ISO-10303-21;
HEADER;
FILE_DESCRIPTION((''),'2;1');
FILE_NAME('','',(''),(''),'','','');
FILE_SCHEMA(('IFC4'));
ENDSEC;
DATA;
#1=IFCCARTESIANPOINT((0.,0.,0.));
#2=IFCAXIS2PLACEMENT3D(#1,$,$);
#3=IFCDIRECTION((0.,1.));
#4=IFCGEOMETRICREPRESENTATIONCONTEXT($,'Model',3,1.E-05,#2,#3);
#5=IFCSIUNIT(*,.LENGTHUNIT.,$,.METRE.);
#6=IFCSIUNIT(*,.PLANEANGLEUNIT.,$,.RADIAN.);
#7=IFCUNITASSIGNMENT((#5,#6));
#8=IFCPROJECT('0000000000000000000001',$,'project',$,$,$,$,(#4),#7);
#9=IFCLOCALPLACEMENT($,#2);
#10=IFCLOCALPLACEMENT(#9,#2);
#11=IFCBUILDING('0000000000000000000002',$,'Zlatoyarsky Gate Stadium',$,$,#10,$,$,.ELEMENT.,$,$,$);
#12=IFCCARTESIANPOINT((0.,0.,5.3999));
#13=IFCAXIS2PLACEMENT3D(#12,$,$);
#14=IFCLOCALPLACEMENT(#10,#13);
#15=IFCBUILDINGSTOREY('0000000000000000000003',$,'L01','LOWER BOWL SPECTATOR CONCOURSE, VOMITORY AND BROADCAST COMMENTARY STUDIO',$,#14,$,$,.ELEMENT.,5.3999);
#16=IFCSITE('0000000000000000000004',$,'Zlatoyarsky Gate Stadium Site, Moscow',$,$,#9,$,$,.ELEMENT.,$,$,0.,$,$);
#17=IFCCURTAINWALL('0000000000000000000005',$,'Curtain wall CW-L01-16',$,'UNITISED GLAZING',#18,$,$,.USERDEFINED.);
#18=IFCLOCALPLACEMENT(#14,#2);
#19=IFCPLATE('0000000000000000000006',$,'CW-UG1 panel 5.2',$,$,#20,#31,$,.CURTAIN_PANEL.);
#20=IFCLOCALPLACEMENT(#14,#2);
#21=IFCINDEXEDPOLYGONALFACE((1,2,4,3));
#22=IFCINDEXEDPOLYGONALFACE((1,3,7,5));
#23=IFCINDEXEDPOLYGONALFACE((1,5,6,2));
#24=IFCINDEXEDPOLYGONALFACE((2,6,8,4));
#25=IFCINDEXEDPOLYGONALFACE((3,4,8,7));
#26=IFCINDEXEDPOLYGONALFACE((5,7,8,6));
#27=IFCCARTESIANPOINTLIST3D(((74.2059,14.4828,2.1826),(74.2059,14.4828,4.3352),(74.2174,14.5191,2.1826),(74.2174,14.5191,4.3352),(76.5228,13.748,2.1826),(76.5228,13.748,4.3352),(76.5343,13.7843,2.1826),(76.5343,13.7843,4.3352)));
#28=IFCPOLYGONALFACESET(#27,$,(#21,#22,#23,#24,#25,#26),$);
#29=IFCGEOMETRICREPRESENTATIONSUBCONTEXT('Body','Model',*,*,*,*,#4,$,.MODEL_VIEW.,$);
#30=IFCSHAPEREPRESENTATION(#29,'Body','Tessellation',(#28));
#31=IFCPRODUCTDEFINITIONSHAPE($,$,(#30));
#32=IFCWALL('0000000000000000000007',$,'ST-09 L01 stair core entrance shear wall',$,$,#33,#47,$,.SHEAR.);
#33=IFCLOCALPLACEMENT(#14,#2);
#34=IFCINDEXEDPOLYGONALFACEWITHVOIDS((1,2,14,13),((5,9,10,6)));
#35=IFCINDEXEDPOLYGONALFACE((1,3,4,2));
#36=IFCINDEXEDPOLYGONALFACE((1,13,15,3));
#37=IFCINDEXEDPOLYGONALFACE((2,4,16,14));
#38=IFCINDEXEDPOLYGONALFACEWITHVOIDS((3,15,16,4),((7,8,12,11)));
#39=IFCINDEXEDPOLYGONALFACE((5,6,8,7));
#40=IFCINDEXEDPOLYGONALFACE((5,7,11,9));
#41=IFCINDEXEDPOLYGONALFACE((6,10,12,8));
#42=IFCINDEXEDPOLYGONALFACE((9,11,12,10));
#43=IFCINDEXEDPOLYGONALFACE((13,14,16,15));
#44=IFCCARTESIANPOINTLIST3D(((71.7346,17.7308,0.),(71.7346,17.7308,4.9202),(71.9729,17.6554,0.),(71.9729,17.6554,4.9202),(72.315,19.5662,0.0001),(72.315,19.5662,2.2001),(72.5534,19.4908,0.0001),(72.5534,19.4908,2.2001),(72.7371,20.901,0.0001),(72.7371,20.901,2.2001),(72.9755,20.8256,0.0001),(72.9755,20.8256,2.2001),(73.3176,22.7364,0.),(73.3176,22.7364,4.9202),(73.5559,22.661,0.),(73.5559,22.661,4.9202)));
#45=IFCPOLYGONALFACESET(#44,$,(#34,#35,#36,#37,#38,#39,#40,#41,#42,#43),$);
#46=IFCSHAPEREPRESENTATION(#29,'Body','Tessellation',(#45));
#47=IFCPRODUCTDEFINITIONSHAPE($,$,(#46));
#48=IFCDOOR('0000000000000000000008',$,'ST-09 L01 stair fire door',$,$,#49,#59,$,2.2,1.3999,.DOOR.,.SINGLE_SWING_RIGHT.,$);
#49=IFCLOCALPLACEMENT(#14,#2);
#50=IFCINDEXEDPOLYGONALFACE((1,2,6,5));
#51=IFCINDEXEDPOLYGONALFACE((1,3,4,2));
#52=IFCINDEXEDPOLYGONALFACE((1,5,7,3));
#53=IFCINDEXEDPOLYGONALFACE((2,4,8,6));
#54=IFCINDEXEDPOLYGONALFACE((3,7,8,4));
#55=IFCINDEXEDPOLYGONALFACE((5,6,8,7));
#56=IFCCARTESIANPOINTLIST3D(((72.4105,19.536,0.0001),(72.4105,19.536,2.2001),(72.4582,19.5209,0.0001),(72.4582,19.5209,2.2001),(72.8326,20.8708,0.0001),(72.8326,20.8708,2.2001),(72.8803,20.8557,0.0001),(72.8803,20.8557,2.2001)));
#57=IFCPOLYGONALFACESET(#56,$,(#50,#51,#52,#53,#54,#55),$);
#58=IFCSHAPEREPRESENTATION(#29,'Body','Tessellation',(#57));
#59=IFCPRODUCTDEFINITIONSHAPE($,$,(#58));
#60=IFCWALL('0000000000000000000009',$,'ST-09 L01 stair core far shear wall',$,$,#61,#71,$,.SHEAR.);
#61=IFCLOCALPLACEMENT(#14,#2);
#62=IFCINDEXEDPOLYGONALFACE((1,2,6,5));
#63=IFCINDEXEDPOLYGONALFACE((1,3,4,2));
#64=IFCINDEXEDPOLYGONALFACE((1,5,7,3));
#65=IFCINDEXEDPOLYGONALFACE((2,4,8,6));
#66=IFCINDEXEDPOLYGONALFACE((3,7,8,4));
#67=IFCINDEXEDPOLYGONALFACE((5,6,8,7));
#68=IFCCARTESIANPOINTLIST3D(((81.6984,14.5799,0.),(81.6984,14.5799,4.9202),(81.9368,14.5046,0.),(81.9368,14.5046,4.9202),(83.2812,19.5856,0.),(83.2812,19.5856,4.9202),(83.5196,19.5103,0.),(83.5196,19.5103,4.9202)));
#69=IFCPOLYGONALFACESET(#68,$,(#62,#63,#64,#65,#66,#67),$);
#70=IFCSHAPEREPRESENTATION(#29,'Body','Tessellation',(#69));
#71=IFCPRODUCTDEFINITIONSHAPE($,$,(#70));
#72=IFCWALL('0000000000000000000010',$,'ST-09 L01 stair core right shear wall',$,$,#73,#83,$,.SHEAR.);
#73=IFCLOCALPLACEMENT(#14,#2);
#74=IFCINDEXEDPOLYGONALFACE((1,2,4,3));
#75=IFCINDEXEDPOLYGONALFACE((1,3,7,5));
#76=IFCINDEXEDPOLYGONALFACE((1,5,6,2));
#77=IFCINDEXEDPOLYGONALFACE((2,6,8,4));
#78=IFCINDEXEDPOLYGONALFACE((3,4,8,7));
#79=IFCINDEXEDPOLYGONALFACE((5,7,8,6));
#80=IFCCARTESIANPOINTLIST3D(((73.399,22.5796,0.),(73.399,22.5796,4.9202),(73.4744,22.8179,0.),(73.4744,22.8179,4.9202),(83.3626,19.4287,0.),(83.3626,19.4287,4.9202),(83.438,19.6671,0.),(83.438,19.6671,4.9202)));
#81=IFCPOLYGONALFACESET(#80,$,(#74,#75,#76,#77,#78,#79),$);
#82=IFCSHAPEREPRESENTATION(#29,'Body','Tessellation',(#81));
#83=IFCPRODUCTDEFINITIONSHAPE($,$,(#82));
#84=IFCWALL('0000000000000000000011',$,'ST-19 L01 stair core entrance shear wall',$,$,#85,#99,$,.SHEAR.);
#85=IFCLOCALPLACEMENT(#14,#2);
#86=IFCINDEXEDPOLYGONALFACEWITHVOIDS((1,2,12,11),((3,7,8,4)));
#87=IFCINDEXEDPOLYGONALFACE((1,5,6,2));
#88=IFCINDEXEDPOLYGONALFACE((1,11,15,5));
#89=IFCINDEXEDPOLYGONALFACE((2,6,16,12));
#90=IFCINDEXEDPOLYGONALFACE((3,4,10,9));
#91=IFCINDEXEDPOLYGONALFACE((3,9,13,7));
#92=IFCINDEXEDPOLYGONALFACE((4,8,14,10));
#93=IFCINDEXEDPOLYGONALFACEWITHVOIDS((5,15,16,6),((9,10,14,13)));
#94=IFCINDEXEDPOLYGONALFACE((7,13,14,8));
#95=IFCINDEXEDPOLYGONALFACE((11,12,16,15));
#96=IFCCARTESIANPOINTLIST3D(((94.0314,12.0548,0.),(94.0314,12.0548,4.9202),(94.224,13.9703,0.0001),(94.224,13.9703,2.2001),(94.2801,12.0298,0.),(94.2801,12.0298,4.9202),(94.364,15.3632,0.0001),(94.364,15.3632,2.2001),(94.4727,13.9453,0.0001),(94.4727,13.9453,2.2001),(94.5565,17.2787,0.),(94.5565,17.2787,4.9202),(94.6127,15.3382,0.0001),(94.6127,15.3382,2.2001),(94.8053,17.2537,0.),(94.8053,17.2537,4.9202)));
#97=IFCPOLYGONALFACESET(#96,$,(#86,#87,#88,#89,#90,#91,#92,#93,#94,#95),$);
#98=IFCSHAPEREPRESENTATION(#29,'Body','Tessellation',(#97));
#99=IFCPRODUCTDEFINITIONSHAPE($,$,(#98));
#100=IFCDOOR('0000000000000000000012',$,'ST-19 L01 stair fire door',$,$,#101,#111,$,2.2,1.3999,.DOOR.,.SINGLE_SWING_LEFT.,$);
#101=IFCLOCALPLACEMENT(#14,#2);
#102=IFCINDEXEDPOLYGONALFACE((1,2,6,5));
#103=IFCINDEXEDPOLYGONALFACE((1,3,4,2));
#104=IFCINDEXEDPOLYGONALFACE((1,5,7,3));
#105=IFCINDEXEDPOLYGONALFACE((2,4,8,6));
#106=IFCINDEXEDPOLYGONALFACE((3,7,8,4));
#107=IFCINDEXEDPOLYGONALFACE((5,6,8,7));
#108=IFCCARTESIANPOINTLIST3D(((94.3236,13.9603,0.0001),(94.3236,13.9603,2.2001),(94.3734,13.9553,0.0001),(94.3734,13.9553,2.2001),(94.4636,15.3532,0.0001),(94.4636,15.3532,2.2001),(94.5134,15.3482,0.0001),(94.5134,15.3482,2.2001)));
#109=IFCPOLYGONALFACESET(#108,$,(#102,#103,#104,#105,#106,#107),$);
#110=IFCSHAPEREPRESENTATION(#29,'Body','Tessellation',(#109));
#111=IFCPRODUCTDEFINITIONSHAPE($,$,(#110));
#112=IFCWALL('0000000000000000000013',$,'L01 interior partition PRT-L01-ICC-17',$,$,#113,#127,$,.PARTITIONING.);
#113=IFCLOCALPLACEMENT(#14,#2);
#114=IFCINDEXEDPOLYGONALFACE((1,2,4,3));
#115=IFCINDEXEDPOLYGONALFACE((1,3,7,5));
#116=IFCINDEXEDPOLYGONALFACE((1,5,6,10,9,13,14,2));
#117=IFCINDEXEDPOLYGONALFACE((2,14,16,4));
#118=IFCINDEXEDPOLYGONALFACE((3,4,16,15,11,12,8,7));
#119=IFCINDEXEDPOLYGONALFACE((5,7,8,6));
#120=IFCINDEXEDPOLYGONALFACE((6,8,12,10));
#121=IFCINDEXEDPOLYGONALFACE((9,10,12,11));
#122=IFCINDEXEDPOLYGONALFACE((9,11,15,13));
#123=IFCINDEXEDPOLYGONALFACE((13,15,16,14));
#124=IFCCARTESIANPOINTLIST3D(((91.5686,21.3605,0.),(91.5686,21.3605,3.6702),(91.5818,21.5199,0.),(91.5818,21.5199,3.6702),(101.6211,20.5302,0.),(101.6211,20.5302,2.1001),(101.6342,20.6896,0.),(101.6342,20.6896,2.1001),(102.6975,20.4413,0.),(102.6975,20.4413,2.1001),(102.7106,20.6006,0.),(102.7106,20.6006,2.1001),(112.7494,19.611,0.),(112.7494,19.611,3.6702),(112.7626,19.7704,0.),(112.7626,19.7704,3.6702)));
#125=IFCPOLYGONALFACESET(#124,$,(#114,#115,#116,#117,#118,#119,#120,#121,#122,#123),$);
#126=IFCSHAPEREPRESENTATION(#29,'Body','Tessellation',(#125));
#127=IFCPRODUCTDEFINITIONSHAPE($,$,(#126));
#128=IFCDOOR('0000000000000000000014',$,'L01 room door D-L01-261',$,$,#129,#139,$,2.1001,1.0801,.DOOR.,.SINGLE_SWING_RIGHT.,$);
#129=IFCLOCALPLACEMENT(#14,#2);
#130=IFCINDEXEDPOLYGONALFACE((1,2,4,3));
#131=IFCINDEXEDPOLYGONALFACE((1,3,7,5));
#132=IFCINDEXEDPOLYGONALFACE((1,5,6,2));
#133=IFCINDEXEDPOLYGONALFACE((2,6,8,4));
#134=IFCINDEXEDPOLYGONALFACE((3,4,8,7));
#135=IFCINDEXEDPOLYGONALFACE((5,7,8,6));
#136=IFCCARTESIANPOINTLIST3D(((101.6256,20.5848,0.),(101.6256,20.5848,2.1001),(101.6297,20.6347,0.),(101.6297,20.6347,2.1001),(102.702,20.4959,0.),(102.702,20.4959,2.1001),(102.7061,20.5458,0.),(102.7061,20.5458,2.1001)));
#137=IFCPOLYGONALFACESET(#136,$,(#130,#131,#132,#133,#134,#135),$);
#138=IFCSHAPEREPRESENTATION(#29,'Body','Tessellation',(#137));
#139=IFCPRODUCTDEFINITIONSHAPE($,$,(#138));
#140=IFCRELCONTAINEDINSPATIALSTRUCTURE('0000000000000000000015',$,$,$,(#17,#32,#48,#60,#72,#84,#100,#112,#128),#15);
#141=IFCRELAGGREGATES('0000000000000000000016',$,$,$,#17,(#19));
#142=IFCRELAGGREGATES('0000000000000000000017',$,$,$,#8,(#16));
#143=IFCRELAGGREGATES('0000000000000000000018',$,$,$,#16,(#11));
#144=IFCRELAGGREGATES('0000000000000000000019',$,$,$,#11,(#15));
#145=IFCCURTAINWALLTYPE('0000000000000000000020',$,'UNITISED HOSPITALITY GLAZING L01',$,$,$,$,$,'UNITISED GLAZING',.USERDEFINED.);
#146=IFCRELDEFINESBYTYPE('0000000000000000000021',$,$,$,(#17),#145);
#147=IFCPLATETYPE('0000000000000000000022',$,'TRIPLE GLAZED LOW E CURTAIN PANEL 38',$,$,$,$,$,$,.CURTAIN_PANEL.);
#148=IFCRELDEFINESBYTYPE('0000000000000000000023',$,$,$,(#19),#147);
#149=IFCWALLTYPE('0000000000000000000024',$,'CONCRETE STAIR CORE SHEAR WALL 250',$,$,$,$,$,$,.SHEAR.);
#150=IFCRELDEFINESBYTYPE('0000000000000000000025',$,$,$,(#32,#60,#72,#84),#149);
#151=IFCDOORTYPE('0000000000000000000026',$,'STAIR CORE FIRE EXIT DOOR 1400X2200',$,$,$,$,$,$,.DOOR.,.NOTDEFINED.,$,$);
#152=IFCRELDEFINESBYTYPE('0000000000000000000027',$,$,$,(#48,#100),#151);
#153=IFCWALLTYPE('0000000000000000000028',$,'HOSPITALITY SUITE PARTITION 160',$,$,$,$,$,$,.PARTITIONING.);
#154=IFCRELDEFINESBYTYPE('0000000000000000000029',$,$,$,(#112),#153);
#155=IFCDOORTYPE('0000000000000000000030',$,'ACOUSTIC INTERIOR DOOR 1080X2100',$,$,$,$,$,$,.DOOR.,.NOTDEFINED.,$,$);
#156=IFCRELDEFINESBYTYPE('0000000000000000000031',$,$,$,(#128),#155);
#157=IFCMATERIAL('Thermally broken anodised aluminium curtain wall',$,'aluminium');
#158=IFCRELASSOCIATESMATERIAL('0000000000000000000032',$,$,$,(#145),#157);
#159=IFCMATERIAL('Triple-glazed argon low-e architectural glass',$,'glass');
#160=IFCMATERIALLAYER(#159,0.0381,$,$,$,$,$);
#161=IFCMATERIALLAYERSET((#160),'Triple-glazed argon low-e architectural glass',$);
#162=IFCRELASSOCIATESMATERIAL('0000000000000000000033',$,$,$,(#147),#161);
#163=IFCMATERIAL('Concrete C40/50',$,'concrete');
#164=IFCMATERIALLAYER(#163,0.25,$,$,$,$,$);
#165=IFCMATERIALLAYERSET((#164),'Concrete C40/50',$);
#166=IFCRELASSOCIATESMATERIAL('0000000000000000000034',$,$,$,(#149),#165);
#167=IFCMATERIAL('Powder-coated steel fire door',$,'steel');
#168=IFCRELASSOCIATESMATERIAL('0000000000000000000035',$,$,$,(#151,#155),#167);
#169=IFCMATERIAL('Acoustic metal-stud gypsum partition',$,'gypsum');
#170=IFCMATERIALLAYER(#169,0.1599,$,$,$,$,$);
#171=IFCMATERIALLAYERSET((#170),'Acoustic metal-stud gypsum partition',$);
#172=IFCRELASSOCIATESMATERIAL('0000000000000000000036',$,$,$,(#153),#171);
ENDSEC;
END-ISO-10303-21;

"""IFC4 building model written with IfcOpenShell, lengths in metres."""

from ifc_helpers import new_model, si_unit, direction, frame, frame_2d, origin, origin_2d, place, context, subcontext, project, spatial, rectangle, extrude, material, layer, layer_set, type_object, element, fill, aggregate, save


model = new_model("IFC4")

# Units and contexts
model_context = context("Model", 3, precision=1e-05, world=origin(), true_north=direction((0.0, 1.0)))
body_context = subcontext(model_context, "Body", "Model", "MODEL_VIEW")
ifc_project = project(units=[si_unit("LENGTHUNIT", "METRE"), si_unit("PLANEANGLEUNIT", "RADIAN")], contexts=[model_context])

# Site, building, storey
site_placement = place(None, origin())
site = spatial("IfcSite", under=ifc_project, at=site_placement, Name="Zlatoyarsky Gate Stadium Site, Moscow", CompositionType="ELEMENT", RefElevation=0.0)
building_placement = place(site_placement, origin())
building = spatial("IfcBuilding", under=site, at=building_placement, Name="Zlatoyarsky Gate Stadium", CompositionType="ELEMENT")
storey_placement = place(building_placement, frame((0.0, 0.0, 5.3999)))
storey = spatial("IfcBuildingStorey", under=building, at=storey_placement, Name="L01", Description="LOWER BOWL SPECTATOR CONCOURSE, VOMITORY AND BROADCAST COMMENTARY STUDIO", CompositionType="ELEMENT", Elevation=5.3999)

# Shared definitions
ifc_material_1 = material(Name="Concrete C40/50", Category="concrete")

# Curtain wall
ifc_material_2 = material(Name="Thermally broken anodised aluminium curtain wall", Category="aluminium")
curtain_wall_type = type_object("IfcCurtainWallType", Name="UNITISED HOSPITALITY GLAZING L01", ElementType="UNITISED GLAZING", PredefinedType="USERDEFINED", material=ifc_material_2)
curtain_wall_placement = place(storey_placement, origin())
curtain_wall = element("IfcCurtainWall", 1, at=curtain_wall_placement, inside=storey, type_object=curtain_wall_type, Name="Curtain wall CW-L01-16", ObjectType="UNITISED GLAZING", PredefinedType="USERDEFINED")

# Plate
ifc_material_3 = material(Name="Triple-glazed argon low-e architectural glass", Category="glass")
ifc_layer_1 = layer(ifc_material_3, 0.0381)
ifc_layer_set_1 = layer_set([ifc_layer_1], Name="Triple-glazed argon low-e architectural glass")
plate_type = type_object("IfcPlateType", Name="TRIPLE GLAZED LOW E CURTAIN PANEL 38", PredefinedType="CURTAIN_PANEL", material=ifc_layer_set_1)
plate_1_placement = place(storey_placement, frame((75.3701, 14.1335, 2.1826), z_axis=(0.0, 0.0, 1.0), x_axis=(0.953202, -0.302334, 0.0)))
plate_1 = element("IfcPlate", 2, at=plate_1_placement, type_object=plate_type, Name="CW-UG1 panel 5.2", PredefinedType="CURTAIN_PANEL", context=body_context, shape_type="SweptSolid", body=[
    extrude(rectangle(XDim=2.4307, YDim=0.0381, at=origin_2d()), origin(), (0.0, 0.0, 1.0), 2.1526),
])
aggregate(curtain_wall, [plate_1])

# Wall, opening, door
ifc_layer_2 = layer(ifc_material_1, 0.25)
ifc_layer_set_2 = layer_set([ifc_layer_2], Name="Concrete C40/50")
wall_type_1 = type_object("IfcWallType", Name="CONCRETE STAIR CORE SHEAR WALL 250", PredefinedType="SHEAR", material=ifc_layer_set_2)
wall_1_placement = place(storey_placement, frame((73.4368, 22.6987, 0.0), z_axis=(0.0, 0.0, 1.0), x_axis=(-0.301527, -0.953457, 0.0)))
wall_1 = element("IfcWall", 3, at=wall_1_placement, inside=storey, type_object=wall_type_1, Name="ST-09 L01 stair core entrance shear wall", PredefinedType="SHEAR", context=body_context, shape_type="SweptSolid", body=[
    extrude(rectangle(XDim=5.25, YDim=0.25, at=frame_2d((2.625, 0.0))), origin(), (0.0, 0.0, 1.0), 4.9202),
])
opening_1_placement = place(wall_1_placement, frame((1.925, 0.0, 0.0)))
opening_1 = element("IfcOpeningElement", 4, at=opening_1_placement, cuts=wall_1, PredefinedType="OPENING", context=body_context, shape_type="SweptSolid", body=[
    extrude(rectangle(XDim=1.3999, YDim=2.2, at=frame_2d((0.7, 1.1001))), frame((0.0, 0.135, 0.0), z_axis=(0.0, -1.0, 0.0), x_axis=(1.0, 0.0, 0.0)), (0.0, 0.0, 1.0), 0.27),
])
ifc_material_4 = material(Name="Powder-coated steel fire door", Category="steel")
door_type_1 = type_object("IfcDoorType", Name="STAIR CORE FIRE EXIT DOOR 1400X2200", OperationType="NOTDEFINED", PredefinedType="DOOR", material=ifc_material_4)
door_1_placement = place(opening_1_placement, frame((1.3999, 0.0, 0.0), z_axis=(0.0, 0.0, 1.0), x_axis=(-1.0, 0.0, 0.0)))
door_1 = element("IfcDoor", 5, at=door_1_placement, inside=storey, type_object=door_type_1, Name="ST-09 L01 stair fire door", OperationType="SINGLE_SWING_RIGHT", OverallHeight=2.2, OverallWidth=1.3999, PredefinedType="DOOR", context=body_context, shape_type="SweptSolid", body=[
    extrude(rectangle(XDim=1.3999, YDim=2.2, at=frame_2d((0.7, 1.1001))), frame((0.0, 0.0249, 0.0), z_axis=(0.0, -1.0, 0.0), x_axis=(1.0, 0.0, 0.0)), (0.0, 0.0, 1.0), 0.05),
])
fill(opening_1, door_1)

# Walls
wall_2_placement = place(storey_placement, frame((81.8176, 14.5422, 0.0), z_axis=(0.0, 0.0, 1.0), x_axis=(0.301485, 0.953471, 0.0)))
element("IfcWall", 6, at=wall_2_placement, inside=storey, type_object=wall_type_1, Name="ST-09 L01 stair core far shear wall", PredefinedType="SHEAR", context=body_context, shape_type="SweptSolid", body=[
    extrude(rectangle(XDim=5.25, YDim=0.25, at=frame_2d((2.625, 0.0))), origin(), (0.0, 0.0, 1.0), 4.9202),
])
wall_3_placement = place(storey_placement, frame((83.4004, 19.5479, 0.0), z_axis=(0.0, 0.0, 1.0), x_axis=(-0.95346, 0.30152, 0.0)))
element("IfcWall", 7, at=wall_3_placement, inside=storey, type_object=wall_type_1, Name="ST-09 L01 stair core right shear wall", PredefinedType="SHEAR", context=body_context, shape_type="SweptSolid", body=[
    extrude(rectangle(XDim=10.45, YDim=0.25, at=frame_2d((5.2251, 0.0))), origin(), (0.0, 0.0, 1.0), 4.9202),
])

# Walls, openings, doors
wall_4_placement = place(storey_placement, frame((94.6809, 17.2661, 0.0), z_axis=(0.0, 0.0, 1.0), x_axis=(-0.100024, -0.994985, 0.0)))
wall_4 = element("IfcWall", 8, at=wall_4_placement, inside=storey, type_object=wall_type_1, Name="ST-19 L01 stair core entrance shear wall", PredefinedType="SHEAR", context=body_context, shape_type="SweptSolid", body=[
    extrude(rectangle(XDim=5.2502, YDim=0.25, at=frame_2d((2.625, 0.0))), origin(), (0.0, 0.0, 1.0), 4.9202),
])
opening_2_placement = place(wall_4_placement, frame((1.925, 0.0, 0.0)))
opening_2 = element("IfcOpeningElement", 9, at=opening_2_placement, cuts=wall_4, PredefinedType="OPENING", context=body_context, shape_type="SweptSolid", body=[
    extrude(rectangle(XDim=1.3999, YDim=2.2, at=frame_2d((0.7, 1.1001))), frame((0.0, 0.135, 0.0), z_axis=(0.0, -1.0, 0.0), x_axis=(1.0, 0.0, 0.0)), (0.0, 0.0, 1.0), 0.27),
])
door_2_placement = place(opening_2_placement, frame((1.3999, 0.0, 0.0), z_axis=(0.0, 0.0, 1.0), x_axis=(-1.0, 0.0, 0.0)))
door_2 = element("IfcDoor", 10, at=door_2_placement, inside=storey, type_object=door_type_1, Name="ST-19 L01 stair fire door", OperationType="SINGLE_SWING_LEFT", OverallHeight=2.2, OverallWidth=1.3999, PredefinedType="DOOR", context=body_context, shape_type="SweptSolid", body=[
    extrude(rectangle(XDim=1.3999, YDim=2.2, at=frame_2d((0.7, 1.1001))), frame((0.0, 0.0249, 0.0), z_axis=(0.0, -1.0, 0.0), x_axis=(1.0, 0.0, 0.0)), (0.0, 0.0, 1.0), 0.05),
])
fill(opening_2, door_2)
ifc_material_5 = material(Name="Acoustic metal-stud gypsum partition", Category="gypsum")
ifc_layer_3 = layer(ifc_material_5, 0.1599)
ifc_layer_set_3 = layer_set([ifc_layer_3], Name="Acoustic metal-stud gypsum partition")
wall_type_2 = type_object("IfcWallType", Name="HOSPITALITY SUITE PARTITION 160", PredefinedType="PARTITIONING", material=ifc_layer_set_3)
wall_5_placement = place(storey_placement, frame((91.5752, 21.4402, 0.0), z_axis=(0.0, 0.0, 1.0), x_axis=(0.996606, -0.082318, 0.0)))
wall_5 = element("IfcWall", 11, at=wall_5_placement, inside=storey, type_object=wall_type_2, Name="L01 interior partition PRT-L01-ICC-17", PredefinedType="PARTITIONING", context=body_context, shape_type="SweptSolid", body=[
    extrude(rectangle(XDim=21.2529, YDim=0.1599, at=frame_2d((10.6265, 0.0))), origin(), (0.0, 0.0, 1.0), 3.6702),
])
opening_3_placement = place(wall_5_placement, frame((10.0867, 0.0, 0.0)))
opening_3 = element("IfcOpeningElement", 12, at=opening_3_placement, cuts=wall_5, PredefinedType="OPENING", context=body_context, shape_type="SweptSolid", body=[
    extrude(rectangle(XDim=1.0801, YDim=2.1001, at=frame_2d((0.54, 1.05))), frame((0.0, 0.0898, 0.0), z_axis=(0.0, -1.0, 0.0), x_axis=(1.0, 0.0, 0.0)), (0.0, 0.0, 1.0), 0.1799),
])
door_type_2 = type_object("IfcDoorType", Name="ACOUSTIC INTERIOR DOOR 1080X2100", OperationType="NOTDEFINED", PredefinedType="DOOR", material=ifc_material_4)
door_3_placement = place(opening_3_placement, origin())
door_3 = element("IfcDoor", 13, at=door_3_placement, inside=storey, type_object=door_type_2, Name="L01 room door D-L01-261", OperationType="SINGLE_SWING_RIGHT", OverallHeight=2.1001, OverallWidth=1.0801, PredefinedType="DOOR", context=body_context, shape_type="SweptSolid", body=[
    extrude(rectangle(XDim=1.0801, YDim=2.1001, at=frame_2d((0.54, 1.05))), frame((0.0, 0.0249, 0.0), z_axis=(0.0, -1.0, 0.0), x_axis=(1.0, 0.0, 0.0)), (0.0, 0.0, 1.0), 0.05),
])
fill(opening_3, door_3)

save(model, "model.ifc")
